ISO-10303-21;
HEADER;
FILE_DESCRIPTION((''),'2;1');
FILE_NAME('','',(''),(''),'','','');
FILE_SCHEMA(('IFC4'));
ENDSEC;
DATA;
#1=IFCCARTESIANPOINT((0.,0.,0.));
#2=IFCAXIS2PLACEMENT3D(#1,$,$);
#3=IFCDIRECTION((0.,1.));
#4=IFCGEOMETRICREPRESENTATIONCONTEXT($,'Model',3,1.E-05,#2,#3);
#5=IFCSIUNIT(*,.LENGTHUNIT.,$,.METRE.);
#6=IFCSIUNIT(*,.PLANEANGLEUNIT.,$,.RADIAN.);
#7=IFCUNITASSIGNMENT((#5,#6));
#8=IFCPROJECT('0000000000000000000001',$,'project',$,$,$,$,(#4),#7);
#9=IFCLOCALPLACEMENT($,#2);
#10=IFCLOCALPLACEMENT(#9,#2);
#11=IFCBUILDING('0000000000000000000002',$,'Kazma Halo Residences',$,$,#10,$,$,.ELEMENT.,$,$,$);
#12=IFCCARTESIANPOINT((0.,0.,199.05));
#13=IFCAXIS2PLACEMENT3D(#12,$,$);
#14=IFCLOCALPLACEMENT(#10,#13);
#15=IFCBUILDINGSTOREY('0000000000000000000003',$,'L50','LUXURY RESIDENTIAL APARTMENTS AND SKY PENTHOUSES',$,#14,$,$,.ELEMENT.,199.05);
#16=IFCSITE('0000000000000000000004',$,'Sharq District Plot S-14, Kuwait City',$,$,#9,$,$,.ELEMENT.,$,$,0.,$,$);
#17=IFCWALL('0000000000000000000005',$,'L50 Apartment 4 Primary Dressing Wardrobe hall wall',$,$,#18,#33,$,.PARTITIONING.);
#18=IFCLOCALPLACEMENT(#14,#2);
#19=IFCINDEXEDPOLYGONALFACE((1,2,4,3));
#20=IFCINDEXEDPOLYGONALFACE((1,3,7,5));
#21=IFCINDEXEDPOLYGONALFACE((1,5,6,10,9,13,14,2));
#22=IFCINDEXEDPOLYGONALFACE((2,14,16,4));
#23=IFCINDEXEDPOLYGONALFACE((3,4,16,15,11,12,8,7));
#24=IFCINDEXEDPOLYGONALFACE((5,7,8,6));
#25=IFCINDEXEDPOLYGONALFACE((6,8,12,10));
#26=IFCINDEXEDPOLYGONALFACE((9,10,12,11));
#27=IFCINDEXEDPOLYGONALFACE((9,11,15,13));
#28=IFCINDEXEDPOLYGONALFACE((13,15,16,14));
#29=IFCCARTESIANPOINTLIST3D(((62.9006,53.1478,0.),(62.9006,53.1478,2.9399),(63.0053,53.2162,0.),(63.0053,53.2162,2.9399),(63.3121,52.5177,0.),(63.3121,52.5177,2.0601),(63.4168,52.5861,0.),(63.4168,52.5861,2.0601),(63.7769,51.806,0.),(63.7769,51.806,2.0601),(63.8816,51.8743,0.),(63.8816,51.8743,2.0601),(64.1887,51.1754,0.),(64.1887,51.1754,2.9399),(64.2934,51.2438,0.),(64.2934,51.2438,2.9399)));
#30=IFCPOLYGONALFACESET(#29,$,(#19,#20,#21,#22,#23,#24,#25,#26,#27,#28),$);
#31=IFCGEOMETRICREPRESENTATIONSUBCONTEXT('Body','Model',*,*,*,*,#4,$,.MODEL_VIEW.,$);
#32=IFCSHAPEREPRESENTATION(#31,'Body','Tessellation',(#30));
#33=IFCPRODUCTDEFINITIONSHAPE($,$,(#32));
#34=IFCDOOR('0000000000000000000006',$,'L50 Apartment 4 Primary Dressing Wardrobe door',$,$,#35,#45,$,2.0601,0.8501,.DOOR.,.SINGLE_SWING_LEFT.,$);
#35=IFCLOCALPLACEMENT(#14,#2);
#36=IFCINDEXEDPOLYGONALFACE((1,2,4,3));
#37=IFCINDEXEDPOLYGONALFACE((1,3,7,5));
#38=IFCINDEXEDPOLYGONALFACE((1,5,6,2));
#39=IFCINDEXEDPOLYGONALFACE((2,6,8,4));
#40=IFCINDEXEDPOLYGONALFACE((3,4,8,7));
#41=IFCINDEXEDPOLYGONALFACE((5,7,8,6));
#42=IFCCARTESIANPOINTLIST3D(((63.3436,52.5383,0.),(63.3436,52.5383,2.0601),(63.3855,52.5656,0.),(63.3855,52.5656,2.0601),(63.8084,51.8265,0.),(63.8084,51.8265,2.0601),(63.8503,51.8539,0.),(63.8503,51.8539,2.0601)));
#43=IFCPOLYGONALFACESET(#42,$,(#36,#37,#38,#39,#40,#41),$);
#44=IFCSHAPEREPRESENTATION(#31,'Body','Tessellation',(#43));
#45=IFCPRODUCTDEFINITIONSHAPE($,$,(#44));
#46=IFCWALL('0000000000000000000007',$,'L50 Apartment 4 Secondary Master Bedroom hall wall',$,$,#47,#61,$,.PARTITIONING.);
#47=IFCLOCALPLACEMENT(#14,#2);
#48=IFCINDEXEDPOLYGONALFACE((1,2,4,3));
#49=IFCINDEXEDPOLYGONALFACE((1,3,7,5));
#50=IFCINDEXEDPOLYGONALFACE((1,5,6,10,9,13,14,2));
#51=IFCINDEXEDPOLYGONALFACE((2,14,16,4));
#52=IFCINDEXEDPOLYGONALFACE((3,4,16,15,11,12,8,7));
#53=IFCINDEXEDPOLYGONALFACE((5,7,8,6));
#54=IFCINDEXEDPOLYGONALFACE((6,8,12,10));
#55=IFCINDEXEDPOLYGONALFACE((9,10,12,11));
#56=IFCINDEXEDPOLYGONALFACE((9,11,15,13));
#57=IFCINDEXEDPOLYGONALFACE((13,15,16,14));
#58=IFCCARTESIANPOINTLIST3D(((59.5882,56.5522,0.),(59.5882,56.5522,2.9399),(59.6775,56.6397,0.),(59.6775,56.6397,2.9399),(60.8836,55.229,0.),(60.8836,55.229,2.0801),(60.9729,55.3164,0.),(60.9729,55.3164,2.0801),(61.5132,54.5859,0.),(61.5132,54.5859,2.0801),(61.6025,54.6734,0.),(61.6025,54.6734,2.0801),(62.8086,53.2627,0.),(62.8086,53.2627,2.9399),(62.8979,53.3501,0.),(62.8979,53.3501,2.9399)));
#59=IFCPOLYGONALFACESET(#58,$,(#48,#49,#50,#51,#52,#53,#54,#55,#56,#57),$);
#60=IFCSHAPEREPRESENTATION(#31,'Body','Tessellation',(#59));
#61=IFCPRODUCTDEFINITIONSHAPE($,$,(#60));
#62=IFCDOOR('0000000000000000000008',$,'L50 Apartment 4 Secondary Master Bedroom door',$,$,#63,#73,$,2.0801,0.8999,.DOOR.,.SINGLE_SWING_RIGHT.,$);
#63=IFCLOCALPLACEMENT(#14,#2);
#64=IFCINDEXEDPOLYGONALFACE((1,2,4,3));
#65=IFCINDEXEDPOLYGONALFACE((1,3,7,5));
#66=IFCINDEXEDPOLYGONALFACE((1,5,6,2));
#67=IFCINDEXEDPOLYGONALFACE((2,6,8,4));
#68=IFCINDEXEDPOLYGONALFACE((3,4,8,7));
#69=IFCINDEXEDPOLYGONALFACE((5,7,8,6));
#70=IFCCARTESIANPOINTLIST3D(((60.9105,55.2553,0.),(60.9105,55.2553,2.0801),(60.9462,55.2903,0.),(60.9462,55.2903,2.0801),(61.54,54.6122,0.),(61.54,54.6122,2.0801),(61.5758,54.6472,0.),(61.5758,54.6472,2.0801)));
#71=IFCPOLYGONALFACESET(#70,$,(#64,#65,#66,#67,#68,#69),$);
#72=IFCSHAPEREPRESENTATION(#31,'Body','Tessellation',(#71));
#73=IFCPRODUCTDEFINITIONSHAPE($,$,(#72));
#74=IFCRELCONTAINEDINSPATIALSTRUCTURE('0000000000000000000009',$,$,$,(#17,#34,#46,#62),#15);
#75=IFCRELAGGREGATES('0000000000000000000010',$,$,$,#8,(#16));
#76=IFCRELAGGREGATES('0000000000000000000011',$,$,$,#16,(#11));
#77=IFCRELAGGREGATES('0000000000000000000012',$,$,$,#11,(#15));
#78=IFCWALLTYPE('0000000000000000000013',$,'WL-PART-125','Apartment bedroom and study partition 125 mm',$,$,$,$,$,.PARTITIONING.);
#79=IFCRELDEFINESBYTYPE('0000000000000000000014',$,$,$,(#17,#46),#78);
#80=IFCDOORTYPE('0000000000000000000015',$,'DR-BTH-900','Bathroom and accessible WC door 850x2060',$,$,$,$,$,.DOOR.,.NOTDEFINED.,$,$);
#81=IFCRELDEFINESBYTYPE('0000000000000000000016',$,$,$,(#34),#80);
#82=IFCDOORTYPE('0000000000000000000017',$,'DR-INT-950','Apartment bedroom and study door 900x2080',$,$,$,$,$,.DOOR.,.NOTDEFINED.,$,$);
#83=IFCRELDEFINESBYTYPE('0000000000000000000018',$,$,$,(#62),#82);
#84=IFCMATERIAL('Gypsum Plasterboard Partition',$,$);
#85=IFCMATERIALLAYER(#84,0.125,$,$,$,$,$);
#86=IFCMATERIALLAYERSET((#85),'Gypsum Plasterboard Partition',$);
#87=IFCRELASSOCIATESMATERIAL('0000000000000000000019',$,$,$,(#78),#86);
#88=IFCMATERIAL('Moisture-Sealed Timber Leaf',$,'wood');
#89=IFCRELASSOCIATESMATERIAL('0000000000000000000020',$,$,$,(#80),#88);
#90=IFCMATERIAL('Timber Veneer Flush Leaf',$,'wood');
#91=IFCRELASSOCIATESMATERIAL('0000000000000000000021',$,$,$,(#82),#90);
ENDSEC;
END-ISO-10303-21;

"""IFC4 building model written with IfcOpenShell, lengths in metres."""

from ifc_helpers import new_model, si_unit, direction, frame, frame_2d, origin, place, context, subcontext, project, spatial, rectangle, extrude, material, layer, layer_set, type_object, element, fill, save


model = new_model("IFC4")

# Units and contexts
model_context = context("Model", 3, precision=1e-05, world=origin(), true_north=direction((0.0, 1.0)))
body_context = subcontext(model_context, "Body", "Model", "MODEL_VIEW")
ifc_project = project(units=[si_unit("LENGTHUNIT", "METRE"), si_unit("PLANEANGLEUNIT", "RADIAN")], contexts=[model_context])

# Site, building, storey
site_placement = place(None, origin())
site = spatial("IfcSite", under=ifc_project, at=site_placement, Name="Sharq District Plot S-14, Kuwait City", CompositionType="ELEMENT", RefElevation=0.0)
building_placement = place(site_placement, origin())
building = spatial("IfcBuilding", under=site, at=building_placement, Name="Kazma Halo Residences", CompositionType="ELEMENT")
storey_placement = place(building_placement, frame((0.0, 0.0, 199.05)))
storey = spatial("IfcBuildingStorey", under=building, at=storey_placement, Name="L50", Description="LUXURY RESIDENTIAL APARTMENTS AND SKY PENTHOUSES", CompositionType="ELEMENT", Elevation=199.05)

# Shared definitions
ifc_material_1 = material(Name="Gypsum Plasterboard Partition")
ifc_layer_1 = layer(ifc_material_1, 0.125)
ifc_layer_set_1 = layer_set([ifc_layer_1], Name="Gypsum Plasterboard Partition")
wall_type_1 = type_object("IfcWallType", Name="WL-PART-125", Description="Apartment bedroom and study partition 125 mm", PredefinedType="PARTITIONING", material=ifc_layer_set_1)

# Shared definitions
ifc_material_2 = material(Name="Moisture-Sealed Timber Leaf", Category="wood")
door_type_1 = type_object("IfcDoorType", Name="DR-BTH-900", Description="Bathroom and accessible WC door 850x2060", OperationType="NOTDEFINED", PredefinedType="DOOR", material=ifc_material_2)
ifc_material_3 = material(Name="Timber Veneer Flush Leaf", Category="wood")
door_type_2 = type_object("IfcDoorType", Name="DR-INT-950", Description="Apartment bedroom and study door 900x2080", OperationType="NOTDEFINED", PredefinedType="DOOR", material=ifc_material_3)

# Walls, openings, doors
wall_1_placement = place(storey_placement, frame((64.241, 51.2097, 0.0), z_axis=(0.0, 0.0, 1.0), x_axis=(-0.546783, 0.837274, 0.0)))
wall_1 = element("IfcWall", 1, at=wall_1_placement, inside=storey, type_object=wall_type_1, Name="L50 Apartment 4 Primary Dressing Wardrobe hall wall", PredefinedType="PARTITIONING", context=body_context, shape_type="SweptSolid", body=[
    extrude(rectangle(XDim=2.3557, YDim=0.125, at=frame_2d((1.1777, 0.0))), origin(), (0.0, 0.0, 1.0), 2.9399),
])
opening_1_placement = place(wall_1_placement, frame((0.7529, 0.0, 0.0)))
opening_1 = element("IfcOpeningElement", 2, at=opening_1_placement, cuts=wall_1, PredefinedType="OPENING", context=body_context, shape_type="SweptSolid", body=[
    extrude(rectangle(XDim=0.8501, YDim=2.0601, at=frame_2d((0.425, 1.03))), frame((0.0, 0.0725, 0.0), z_axis=(0.0, -1.0, 0.0), x_axis=(1.0, 0.0, 0.0)), (0.0, 0.0, 1.0), 0.145),
])
door_1_placement = place(opening_1_placement, origin())
door_1 = element("IfcDoor", 3, at=door_1_placement, inside=storey, type_object=door_type_1, Name="L50 Apartment 4 Primary Dressing Wardrobe door", OperationType="SINGLE_SWING_LEFT", OverallHeight=2.0601, OverallWidth=0.8501, PredefinedType="DOOR", context=body_context, shape_type="SweptSolid", body=[
    extrude(rectangle(XDim=0.8501, YDim=2.0601, at=frame_2d((0.425, 1.03))), frame((0.0, 0.0249, 0.0), z_axis=(0.0, -1.0, 0.0), x_axis=(1.0, 0.0, 0.0)), (0.0, 0.0, 1.0), 0.05),
])
fill(opening_1, door_1)
wall_2_placement = place(storey_placement, frame((62.8533, 53.3064, 0.0), z_axis=(0.0, 0.0, 1.0), x_axis=(-0.699563, 0.714571, 0.0)))
wall_2 = element("IfcWall", 4, at=wall_2_placement, inside=storey, type_object=wall_type_1, Name="L50 Apartment 4 Secondary Master Bedroom hall wall", PredefinedType="PARTITIONING", context=body_context, shape_type="SweptSolid", body=[
    extrude(rectangle(XDim=4.6035, YDim=0.125, at=frame_2d((2.3018, 0.0))), origin(), (0.0, 0.0, 1.0), 2.9399),
])
opening_2_placement = place(wall_2_placement, frame((1.8518, 0.0, 0.0)))
opening_2 = element("IfcOpeningElement", 5, at=opening_2_placement, cuts=wall_2, PredefinedType="OPENING", context=body_context, shape_type="SweptSolid", body=[
    extrude(rectangle(XDim=0.8999, YDim=2.0801, at=frame_2d((0.45, 1.04))), frame((0.0, 0.0725, 0.0), z_axis=(0.0, -1.0, 0.0), x_axis=(1.0, 0.0, 0.0)), (0.0, 0.0, 1.0), 0.145),
])
door_2_placement = place(opening_2_placement, origin())
door_2 = element("IfcDoor", 6, at=door_2_placement, inside=storey, type_object=door_type_2, Name="L50 Apartment 4 Secondary Master Bedroom door", OperationType="SINGLE_SWING_RIGHT", OverallHeight=2.0801, OverallWidth=0.8999, PredefinedType="DOOR", context=body_context, shape_type="SweptSolid", body=[
    extrude(rectangle(XDim=0.8999, YDim=2.0801, at=frame_2d((0.45, 1.04))), frame((0.0, 0.0249, 0.0), z_axis=(0.0, -1.0, 0.0), x_axis=(1.0, 0.0, 0.0)), (0.0, 0.0, 1.0), 0.05),
])
fill(opening_2, door_2)

save(model, "model.ifc")
